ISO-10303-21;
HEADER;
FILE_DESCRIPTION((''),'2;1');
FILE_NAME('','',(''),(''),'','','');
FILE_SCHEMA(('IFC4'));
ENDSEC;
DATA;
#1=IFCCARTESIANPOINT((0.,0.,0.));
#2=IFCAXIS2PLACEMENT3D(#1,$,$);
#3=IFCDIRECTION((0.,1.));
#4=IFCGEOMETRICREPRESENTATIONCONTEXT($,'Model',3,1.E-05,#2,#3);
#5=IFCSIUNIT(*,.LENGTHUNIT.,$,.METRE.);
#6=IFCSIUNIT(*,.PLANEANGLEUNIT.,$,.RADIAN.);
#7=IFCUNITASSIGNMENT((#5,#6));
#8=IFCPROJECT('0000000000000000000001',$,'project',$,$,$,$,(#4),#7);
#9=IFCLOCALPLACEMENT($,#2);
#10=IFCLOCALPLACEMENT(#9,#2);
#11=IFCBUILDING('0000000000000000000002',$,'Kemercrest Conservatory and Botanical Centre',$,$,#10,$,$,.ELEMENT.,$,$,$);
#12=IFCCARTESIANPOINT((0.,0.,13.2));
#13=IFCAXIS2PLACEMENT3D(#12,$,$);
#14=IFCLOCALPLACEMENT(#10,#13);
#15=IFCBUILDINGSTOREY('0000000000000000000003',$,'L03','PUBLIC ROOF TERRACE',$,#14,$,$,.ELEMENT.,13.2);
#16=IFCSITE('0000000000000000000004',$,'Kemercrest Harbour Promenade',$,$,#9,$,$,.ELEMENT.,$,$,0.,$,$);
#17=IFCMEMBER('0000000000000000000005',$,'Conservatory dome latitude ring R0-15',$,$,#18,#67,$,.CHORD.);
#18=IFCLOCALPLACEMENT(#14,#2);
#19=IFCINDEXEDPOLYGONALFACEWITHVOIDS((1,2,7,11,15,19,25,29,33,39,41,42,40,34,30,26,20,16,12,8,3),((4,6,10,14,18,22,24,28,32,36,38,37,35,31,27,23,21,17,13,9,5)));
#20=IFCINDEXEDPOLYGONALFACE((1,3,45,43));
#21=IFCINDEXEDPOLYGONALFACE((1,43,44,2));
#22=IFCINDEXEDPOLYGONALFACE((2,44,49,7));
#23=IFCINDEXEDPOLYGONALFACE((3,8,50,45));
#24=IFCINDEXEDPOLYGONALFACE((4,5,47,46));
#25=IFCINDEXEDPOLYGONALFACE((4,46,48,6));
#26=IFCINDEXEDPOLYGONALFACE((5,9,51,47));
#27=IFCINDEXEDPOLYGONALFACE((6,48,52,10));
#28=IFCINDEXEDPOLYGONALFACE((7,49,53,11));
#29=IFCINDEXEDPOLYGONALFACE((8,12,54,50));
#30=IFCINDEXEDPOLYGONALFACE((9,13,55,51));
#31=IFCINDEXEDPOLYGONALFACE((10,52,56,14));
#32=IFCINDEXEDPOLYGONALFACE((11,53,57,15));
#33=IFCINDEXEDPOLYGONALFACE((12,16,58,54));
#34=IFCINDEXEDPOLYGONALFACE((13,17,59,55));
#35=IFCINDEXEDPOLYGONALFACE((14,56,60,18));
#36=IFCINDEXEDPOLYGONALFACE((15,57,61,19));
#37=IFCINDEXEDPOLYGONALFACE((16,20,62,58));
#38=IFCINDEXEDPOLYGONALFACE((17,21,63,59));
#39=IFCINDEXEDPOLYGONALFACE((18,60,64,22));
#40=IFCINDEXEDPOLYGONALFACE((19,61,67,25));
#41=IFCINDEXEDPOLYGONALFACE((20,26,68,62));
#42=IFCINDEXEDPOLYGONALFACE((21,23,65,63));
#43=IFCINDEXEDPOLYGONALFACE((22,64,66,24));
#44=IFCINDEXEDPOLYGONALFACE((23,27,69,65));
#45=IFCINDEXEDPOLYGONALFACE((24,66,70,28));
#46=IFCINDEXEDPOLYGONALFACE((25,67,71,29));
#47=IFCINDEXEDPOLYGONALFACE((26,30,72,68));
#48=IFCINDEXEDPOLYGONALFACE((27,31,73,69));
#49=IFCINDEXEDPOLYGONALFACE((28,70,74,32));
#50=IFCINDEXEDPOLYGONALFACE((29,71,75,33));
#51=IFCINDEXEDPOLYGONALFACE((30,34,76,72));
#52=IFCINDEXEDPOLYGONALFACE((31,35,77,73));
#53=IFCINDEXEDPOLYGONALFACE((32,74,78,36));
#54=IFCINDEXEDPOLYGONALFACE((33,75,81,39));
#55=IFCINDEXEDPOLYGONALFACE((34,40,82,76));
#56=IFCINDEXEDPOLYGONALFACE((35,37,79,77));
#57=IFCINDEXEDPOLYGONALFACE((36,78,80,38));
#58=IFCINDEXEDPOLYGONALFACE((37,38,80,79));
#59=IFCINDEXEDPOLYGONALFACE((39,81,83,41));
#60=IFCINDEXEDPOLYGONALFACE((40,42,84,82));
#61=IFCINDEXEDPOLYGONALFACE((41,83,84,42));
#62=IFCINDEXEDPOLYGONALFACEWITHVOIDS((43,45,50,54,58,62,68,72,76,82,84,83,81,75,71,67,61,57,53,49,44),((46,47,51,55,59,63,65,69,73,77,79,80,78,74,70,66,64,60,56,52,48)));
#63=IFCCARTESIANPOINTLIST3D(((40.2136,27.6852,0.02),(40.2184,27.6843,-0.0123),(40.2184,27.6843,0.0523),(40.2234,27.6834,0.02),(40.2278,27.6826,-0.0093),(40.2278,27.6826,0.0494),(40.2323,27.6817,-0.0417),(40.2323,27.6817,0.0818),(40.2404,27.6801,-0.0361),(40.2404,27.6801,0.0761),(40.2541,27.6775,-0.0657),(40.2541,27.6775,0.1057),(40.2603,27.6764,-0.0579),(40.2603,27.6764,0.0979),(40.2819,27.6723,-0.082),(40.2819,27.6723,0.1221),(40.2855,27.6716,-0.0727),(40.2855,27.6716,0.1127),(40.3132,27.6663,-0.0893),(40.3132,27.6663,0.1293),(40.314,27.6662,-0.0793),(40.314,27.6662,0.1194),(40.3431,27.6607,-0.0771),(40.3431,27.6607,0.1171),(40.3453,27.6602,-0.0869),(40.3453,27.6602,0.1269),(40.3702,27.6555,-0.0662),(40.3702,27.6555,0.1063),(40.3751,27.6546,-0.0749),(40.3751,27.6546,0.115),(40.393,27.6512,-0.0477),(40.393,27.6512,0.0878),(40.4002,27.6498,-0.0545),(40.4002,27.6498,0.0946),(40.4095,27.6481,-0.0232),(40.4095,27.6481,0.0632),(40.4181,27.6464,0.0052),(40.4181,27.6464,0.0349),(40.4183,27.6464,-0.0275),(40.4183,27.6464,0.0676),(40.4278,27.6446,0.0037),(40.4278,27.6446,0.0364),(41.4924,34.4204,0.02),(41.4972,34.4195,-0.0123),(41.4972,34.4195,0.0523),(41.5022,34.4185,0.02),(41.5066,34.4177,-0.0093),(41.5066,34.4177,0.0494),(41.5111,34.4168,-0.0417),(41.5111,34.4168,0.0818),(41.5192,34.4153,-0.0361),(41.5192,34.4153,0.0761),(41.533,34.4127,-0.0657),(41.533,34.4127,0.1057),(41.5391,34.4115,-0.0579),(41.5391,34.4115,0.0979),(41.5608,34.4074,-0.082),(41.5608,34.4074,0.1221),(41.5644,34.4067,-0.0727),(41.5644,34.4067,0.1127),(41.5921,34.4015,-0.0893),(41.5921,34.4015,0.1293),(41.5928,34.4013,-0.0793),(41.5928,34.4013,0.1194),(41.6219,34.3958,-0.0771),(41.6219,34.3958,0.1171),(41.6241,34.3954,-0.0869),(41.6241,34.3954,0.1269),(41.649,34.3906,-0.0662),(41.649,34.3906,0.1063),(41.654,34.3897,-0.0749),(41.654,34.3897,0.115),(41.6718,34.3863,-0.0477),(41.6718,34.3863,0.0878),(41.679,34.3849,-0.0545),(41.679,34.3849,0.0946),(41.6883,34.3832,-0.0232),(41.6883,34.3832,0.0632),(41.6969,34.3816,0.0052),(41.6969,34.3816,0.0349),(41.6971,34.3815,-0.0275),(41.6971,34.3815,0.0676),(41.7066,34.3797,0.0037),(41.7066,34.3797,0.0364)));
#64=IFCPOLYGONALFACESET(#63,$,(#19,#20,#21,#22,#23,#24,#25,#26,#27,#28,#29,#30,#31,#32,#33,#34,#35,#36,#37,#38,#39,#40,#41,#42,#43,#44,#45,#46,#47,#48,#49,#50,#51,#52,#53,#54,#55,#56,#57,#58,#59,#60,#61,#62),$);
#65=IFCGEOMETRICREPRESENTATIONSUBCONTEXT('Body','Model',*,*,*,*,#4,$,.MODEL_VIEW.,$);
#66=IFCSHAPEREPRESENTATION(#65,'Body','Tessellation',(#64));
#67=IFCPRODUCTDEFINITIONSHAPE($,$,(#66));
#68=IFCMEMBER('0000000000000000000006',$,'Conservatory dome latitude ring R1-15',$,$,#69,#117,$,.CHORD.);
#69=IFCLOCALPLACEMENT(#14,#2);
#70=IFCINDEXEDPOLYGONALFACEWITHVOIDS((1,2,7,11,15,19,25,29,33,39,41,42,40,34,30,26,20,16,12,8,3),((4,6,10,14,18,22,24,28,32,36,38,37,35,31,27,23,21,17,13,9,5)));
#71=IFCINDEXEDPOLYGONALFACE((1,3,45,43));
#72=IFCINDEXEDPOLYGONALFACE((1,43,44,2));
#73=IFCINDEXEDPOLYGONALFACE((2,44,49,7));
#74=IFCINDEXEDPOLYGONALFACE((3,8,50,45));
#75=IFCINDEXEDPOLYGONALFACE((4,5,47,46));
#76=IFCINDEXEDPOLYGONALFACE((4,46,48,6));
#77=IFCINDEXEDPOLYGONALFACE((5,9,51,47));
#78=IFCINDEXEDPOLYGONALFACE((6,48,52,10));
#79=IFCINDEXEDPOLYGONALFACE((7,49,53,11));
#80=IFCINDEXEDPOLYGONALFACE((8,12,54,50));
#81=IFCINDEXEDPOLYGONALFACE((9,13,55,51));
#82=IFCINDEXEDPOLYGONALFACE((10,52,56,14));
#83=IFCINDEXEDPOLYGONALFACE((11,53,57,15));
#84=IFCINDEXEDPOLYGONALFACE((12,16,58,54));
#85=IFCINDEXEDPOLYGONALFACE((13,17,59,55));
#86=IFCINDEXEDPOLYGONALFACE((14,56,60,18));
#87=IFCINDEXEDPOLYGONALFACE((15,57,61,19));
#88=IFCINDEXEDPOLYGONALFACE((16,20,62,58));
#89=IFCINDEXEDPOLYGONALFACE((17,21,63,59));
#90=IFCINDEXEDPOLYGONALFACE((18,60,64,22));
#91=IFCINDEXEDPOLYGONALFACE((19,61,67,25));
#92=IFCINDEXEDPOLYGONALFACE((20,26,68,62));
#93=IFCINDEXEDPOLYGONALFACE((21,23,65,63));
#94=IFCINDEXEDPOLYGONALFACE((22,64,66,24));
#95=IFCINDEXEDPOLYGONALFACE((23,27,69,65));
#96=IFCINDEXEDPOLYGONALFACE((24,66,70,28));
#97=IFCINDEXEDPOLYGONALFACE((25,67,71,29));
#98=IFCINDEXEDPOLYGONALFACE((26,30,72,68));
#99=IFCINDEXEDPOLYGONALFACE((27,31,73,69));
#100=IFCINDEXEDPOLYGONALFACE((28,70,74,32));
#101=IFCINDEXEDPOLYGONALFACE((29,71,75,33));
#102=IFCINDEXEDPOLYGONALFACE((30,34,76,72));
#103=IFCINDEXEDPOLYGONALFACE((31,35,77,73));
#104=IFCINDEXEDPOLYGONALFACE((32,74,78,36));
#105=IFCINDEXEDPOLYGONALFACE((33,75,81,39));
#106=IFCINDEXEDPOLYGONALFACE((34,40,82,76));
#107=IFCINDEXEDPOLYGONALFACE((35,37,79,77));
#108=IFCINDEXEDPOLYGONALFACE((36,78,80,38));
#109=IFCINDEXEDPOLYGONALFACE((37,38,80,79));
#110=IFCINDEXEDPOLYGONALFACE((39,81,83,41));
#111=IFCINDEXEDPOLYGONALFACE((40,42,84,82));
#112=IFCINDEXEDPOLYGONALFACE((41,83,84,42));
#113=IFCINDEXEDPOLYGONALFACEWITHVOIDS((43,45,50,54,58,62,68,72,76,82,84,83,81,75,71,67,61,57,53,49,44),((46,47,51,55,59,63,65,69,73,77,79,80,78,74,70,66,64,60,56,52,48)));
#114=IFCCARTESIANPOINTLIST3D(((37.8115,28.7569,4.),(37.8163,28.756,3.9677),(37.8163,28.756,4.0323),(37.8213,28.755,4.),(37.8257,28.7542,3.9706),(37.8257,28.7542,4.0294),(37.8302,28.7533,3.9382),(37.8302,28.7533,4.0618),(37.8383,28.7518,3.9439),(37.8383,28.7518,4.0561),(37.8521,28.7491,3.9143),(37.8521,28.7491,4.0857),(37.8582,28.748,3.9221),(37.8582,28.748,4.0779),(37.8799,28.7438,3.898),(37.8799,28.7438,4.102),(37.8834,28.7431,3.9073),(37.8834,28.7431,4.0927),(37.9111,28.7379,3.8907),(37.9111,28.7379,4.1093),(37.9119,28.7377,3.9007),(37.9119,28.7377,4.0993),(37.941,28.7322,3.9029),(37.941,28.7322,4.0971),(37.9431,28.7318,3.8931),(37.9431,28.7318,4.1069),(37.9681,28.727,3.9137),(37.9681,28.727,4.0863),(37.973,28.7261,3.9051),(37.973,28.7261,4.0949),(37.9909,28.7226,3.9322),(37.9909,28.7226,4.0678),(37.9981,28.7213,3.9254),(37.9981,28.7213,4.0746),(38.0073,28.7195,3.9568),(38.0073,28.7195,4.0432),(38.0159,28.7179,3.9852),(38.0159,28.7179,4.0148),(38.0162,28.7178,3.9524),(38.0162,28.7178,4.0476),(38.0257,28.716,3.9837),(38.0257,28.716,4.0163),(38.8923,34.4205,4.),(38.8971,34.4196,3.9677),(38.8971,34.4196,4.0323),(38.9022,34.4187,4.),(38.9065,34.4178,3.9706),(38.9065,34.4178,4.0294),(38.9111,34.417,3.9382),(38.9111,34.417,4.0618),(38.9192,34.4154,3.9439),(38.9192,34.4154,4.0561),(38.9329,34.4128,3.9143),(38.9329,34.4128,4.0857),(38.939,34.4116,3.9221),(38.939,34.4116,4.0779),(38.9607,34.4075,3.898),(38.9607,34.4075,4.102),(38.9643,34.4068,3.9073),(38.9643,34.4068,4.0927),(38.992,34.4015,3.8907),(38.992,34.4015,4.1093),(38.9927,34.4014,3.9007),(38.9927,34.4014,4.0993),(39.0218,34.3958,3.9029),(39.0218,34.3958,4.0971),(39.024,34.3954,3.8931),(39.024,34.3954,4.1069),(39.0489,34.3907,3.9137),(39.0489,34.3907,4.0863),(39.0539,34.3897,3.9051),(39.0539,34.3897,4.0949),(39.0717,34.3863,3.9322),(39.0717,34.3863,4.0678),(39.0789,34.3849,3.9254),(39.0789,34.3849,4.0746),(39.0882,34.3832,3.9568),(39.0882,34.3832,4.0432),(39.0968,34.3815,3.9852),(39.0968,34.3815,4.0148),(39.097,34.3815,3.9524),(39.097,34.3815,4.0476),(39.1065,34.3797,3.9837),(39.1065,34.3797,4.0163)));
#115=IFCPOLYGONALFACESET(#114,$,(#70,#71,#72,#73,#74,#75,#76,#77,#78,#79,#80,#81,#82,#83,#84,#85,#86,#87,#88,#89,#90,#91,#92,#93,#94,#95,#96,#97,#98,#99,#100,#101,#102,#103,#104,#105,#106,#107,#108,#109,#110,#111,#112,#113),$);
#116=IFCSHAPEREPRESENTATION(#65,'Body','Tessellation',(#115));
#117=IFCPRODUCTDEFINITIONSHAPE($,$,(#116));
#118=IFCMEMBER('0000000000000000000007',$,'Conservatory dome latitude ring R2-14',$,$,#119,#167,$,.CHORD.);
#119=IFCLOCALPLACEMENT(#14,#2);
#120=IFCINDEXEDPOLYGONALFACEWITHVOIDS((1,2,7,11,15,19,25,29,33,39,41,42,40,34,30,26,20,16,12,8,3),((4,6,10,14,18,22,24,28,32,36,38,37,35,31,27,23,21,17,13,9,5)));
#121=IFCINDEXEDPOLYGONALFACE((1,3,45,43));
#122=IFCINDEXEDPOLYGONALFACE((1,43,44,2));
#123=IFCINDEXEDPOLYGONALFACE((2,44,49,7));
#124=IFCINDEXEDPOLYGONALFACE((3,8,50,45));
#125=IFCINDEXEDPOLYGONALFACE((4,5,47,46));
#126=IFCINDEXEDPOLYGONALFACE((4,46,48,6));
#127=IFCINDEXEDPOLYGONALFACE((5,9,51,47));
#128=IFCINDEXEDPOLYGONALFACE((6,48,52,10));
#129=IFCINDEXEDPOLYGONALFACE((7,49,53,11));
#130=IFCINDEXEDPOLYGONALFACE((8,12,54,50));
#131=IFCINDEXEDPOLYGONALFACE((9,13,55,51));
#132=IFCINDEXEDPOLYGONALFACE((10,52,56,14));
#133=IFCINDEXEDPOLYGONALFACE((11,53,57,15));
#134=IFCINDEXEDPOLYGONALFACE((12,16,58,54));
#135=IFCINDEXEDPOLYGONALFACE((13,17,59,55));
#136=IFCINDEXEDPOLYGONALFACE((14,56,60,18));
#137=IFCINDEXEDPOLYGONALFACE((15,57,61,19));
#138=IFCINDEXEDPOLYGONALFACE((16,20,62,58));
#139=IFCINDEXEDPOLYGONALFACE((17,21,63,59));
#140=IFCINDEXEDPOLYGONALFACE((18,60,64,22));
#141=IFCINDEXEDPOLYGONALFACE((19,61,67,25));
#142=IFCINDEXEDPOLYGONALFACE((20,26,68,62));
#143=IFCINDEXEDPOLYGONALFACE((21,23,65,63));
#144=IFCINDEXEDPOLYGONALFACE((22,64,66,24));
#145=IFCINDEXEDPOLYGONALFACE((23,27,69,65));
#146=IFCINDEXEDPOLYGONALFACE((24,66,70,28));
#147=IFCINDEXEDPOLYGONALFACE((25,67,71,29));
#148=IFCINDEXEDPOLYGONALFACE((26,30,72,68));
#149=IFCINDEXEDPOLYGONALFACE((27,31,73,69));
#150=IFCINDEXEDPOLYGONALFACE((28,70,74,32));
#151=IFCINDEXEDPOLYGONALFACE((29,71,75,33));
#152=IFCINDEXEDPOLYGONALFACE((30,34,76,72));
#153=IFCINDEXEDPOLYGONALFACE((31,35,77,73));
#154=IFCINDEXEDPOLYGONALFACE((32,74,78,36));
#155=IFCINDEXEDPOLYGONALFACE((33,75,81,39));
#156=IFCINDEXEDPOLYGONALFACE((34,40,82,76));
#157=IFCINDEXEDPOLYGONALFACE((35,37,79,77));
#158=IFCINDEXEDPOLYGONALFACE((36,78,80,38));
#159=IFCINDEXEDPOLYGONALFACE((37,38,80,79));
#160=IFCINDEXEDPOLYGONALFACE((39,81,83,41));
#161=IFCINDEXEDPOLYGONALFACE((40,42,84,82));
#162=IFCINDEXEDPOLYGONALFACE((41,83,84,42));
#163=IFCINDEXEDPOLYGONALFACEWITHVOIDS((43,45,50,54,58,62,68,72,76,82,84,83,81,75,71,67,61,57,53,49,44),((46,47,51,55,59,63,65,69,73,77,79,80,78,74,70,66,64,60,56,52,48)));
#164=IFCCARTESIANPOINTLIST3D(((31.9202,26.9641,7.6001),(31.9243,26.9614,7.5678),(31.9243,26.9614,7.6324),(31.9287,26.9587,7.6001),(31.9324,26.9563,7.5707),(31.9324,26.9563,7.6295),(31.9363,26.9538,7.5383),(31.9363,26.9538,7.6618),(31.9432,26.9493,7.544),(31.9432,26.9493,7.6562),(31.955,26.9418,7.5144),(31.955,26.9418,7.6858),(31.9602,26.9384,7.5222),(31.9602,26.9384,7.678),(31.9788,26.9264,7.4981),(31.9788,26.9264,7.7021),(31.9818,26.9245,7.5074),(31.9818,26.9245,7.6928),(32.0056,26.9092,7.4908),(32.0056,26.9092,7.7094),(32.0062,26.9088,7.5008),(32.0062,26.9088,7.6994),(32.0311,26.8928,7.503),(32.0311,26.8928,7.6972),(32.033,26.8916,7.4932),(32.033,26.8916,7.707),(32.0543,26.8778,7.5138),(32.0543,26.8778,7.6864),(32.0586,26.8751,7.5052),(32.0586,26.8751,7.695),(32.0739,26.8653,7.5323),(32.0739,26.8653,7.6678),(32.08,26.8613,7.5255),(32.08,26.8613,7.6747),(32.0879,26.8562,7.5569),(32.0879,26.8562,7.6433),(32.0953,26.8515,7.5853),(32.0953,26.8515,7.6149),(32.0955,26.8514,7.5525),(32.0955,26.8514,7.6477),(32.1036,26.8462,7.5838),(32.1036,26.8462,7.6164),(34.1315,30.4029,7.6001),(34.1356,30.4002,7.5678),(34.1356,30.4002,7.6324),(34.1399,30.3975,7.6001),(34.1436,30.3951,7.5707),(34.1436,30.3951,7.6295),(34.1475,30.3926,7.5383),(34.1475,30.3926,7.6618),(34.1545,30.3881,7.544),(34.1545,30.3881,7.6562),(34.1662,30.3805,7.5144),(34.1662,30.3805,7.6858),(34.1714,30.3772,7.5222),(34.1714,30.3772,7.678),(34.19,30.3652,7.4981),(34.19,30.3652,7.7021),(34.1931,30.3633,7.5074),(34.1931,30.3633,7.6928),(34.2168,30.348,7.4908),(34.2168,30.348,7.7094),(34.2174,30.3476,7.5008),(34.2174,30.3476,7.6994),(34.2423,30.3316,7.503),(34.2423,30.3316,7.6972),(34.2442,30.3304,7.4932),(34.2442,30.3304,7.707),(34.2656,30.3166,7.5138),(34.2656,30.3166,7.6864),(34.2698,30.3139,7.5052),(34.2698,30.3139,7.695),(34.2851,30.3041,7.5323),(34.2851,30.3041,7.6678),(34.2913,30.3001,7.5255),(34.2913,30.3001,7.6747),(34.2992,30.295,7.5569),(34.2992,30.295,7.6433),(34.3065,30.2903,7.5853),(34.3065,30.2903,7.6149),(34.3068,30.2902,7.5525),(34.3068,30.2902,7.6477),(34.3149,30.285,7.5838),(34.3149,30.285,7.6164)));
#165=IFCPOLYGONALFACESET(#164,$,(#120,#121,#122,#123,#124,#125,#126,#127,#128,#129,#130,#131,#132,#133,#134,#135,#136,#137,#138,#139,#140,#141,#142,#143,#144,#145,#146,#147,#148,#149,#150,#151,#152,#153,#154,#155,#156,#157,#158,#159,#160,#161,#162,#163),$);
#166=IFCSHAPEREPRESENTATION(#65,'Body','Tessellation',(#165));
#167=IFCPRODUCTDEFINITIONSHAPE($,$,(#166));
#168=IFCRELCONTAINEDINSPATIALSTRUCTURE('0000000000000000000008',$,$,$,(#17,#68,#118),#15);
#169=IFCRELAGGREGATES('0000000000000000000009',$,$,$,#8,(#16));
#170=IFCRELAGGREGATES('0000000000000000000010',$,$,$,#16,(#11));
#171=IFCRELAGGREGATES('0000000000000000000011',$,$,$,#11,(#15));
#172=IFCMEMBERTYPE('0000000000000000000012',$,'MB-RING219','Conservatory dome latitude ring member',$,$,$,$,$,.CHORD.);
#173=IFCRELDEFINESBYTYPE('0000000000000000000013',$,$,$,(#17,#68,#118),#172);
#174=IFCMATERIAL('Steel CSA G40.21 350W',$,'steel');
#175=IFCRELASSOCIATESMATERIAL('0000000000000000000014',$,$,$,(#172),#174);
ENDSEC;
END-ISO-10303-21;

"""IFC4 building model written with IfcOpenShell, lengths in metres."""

from ifc_helpers import new_model, si_unit, direction, frame, origin, origin_2d, place, context, subcontext, project, spatial, hollow_circle, extrude, material, material_profile, profile_set, type_object, element, save


model = new_model("IFC4")

# Units and contexts
model_context = context("Model", 3, precision=1e-05, world=origin(), true_north=direction((0.0, 1.0)))
body_context = subcontext(model_context, "Body", "Model", "MODEL_VIEW")
ifc_project = project(units=[si_unit("LENGTHUNIT", "METRE"), si_unit("PLANEANGLEUNIT", "RADIAN")], contexts=[model_context])

# Site, building, storey
site_placement = place(None, origin())
site = spatial("IfcSite", under=ifc_project, at=site_placement, Name="Kemercrest Harbour Promenade", CompositionType="ELEMENT", RefElevation=0.0)
building_placement = place(site_placement, origin())
building = spatial("IfcBuilding", under=site, at=building_placement, Name="Kemercrest Conservatory and Botanical Centre", CompositionType="ELEMENT")
storey_placement = place(building_placement, frame((0.0, 0.0, 13.2)))
storey = spatial("IfcBuildingStorey", under=building, at=storey_placement, Name="L03", Description="PUBLIC ROOF TERRACE", CompositionType="ELEMENT", Elevation=13.2)

# Shared definitions
ifc_material_1 = material(Name="Steel CSA G40.21 350W", Category="steel")

# Members
ifc_material_profile_1 = material_profile(ifc_material_1, hollow_circle(Radius=0.1096, WallThickness=0.01, at=origin_2d()), Name="CHS 219.1x10.0")
ifc_profile_set_1 = profile_set([ifc_material_profile_1], Name="Steel CSA G40.21 350W")
member_type_1 = type_object("IfcMemberType", Name="MB-RING219", Description="Conservatory dome latitude ring member", PredefinedType="CHORD", material=ifc_profile_set_1)
member_1_placement = place(storey_placement, frame((40.3213, 27.6648, 0.02), z_axis=(0.186539, 0.982447, 0.0), x_axis=(-0.982447, 0.186539, 0.0)))
element("IfcMember", 1, at=member_1_placement, inside=storey, type_object=member_type_1, Name="Conservatory dome latitude ring R0-15", PredefinedType="CHORD", context=body_context, shape_type="SweptSolid", body=[
    extrude(hollow_circle(Radius=0.1096, WallThickness=0.01, at=origin_2d()), origin(), (0.0, 0.0, 1.0), 6.8555),
])
member_2_placement = place(storey_placement, frame((37.9192, 28.7363, 4.0), z_axis=(0.187453, 0.982274, 0.0), x_axis=(-0.982274, 0.187453, 0.0)))
element("IfcMember", 2, at=member_2_placement, inside=storey, type_object=member_type_1, Name="Conservatory dome latitude ring R1-15", PredefinedType="CHORD", context=body_context, shape_type="SweptSolid", body=[
    extrude(hollow_circle(Radius=0.1096, WallThickness=0.01, at=origin_2d()), origin(), (0.0, 0.0, 1.0), 5.7659),
])
member_3_placement = place(storey_placement, frame((32.0125, 26.9048, 7.6001), z_axis=(0.540857, 0.841114, 0.0), x_axis=(-0.841114, 0.540857, 0.0)))
element("IfcMember", 3, at=member_3_placement, inside=storey, type_object=member_type_1, Name="Conservatory dome latitude ring R2-14", PredefinedType="CHORD", context=body_context, shape_type="SweptSolid", body=[
    extrude(hollow_circle(Radius=0.1096, WallThickness=0.01, at=origin_2d()), origin(), (0.0, 0.0, 1.0), 4.0884),
])

save(model, "model.ifc")
